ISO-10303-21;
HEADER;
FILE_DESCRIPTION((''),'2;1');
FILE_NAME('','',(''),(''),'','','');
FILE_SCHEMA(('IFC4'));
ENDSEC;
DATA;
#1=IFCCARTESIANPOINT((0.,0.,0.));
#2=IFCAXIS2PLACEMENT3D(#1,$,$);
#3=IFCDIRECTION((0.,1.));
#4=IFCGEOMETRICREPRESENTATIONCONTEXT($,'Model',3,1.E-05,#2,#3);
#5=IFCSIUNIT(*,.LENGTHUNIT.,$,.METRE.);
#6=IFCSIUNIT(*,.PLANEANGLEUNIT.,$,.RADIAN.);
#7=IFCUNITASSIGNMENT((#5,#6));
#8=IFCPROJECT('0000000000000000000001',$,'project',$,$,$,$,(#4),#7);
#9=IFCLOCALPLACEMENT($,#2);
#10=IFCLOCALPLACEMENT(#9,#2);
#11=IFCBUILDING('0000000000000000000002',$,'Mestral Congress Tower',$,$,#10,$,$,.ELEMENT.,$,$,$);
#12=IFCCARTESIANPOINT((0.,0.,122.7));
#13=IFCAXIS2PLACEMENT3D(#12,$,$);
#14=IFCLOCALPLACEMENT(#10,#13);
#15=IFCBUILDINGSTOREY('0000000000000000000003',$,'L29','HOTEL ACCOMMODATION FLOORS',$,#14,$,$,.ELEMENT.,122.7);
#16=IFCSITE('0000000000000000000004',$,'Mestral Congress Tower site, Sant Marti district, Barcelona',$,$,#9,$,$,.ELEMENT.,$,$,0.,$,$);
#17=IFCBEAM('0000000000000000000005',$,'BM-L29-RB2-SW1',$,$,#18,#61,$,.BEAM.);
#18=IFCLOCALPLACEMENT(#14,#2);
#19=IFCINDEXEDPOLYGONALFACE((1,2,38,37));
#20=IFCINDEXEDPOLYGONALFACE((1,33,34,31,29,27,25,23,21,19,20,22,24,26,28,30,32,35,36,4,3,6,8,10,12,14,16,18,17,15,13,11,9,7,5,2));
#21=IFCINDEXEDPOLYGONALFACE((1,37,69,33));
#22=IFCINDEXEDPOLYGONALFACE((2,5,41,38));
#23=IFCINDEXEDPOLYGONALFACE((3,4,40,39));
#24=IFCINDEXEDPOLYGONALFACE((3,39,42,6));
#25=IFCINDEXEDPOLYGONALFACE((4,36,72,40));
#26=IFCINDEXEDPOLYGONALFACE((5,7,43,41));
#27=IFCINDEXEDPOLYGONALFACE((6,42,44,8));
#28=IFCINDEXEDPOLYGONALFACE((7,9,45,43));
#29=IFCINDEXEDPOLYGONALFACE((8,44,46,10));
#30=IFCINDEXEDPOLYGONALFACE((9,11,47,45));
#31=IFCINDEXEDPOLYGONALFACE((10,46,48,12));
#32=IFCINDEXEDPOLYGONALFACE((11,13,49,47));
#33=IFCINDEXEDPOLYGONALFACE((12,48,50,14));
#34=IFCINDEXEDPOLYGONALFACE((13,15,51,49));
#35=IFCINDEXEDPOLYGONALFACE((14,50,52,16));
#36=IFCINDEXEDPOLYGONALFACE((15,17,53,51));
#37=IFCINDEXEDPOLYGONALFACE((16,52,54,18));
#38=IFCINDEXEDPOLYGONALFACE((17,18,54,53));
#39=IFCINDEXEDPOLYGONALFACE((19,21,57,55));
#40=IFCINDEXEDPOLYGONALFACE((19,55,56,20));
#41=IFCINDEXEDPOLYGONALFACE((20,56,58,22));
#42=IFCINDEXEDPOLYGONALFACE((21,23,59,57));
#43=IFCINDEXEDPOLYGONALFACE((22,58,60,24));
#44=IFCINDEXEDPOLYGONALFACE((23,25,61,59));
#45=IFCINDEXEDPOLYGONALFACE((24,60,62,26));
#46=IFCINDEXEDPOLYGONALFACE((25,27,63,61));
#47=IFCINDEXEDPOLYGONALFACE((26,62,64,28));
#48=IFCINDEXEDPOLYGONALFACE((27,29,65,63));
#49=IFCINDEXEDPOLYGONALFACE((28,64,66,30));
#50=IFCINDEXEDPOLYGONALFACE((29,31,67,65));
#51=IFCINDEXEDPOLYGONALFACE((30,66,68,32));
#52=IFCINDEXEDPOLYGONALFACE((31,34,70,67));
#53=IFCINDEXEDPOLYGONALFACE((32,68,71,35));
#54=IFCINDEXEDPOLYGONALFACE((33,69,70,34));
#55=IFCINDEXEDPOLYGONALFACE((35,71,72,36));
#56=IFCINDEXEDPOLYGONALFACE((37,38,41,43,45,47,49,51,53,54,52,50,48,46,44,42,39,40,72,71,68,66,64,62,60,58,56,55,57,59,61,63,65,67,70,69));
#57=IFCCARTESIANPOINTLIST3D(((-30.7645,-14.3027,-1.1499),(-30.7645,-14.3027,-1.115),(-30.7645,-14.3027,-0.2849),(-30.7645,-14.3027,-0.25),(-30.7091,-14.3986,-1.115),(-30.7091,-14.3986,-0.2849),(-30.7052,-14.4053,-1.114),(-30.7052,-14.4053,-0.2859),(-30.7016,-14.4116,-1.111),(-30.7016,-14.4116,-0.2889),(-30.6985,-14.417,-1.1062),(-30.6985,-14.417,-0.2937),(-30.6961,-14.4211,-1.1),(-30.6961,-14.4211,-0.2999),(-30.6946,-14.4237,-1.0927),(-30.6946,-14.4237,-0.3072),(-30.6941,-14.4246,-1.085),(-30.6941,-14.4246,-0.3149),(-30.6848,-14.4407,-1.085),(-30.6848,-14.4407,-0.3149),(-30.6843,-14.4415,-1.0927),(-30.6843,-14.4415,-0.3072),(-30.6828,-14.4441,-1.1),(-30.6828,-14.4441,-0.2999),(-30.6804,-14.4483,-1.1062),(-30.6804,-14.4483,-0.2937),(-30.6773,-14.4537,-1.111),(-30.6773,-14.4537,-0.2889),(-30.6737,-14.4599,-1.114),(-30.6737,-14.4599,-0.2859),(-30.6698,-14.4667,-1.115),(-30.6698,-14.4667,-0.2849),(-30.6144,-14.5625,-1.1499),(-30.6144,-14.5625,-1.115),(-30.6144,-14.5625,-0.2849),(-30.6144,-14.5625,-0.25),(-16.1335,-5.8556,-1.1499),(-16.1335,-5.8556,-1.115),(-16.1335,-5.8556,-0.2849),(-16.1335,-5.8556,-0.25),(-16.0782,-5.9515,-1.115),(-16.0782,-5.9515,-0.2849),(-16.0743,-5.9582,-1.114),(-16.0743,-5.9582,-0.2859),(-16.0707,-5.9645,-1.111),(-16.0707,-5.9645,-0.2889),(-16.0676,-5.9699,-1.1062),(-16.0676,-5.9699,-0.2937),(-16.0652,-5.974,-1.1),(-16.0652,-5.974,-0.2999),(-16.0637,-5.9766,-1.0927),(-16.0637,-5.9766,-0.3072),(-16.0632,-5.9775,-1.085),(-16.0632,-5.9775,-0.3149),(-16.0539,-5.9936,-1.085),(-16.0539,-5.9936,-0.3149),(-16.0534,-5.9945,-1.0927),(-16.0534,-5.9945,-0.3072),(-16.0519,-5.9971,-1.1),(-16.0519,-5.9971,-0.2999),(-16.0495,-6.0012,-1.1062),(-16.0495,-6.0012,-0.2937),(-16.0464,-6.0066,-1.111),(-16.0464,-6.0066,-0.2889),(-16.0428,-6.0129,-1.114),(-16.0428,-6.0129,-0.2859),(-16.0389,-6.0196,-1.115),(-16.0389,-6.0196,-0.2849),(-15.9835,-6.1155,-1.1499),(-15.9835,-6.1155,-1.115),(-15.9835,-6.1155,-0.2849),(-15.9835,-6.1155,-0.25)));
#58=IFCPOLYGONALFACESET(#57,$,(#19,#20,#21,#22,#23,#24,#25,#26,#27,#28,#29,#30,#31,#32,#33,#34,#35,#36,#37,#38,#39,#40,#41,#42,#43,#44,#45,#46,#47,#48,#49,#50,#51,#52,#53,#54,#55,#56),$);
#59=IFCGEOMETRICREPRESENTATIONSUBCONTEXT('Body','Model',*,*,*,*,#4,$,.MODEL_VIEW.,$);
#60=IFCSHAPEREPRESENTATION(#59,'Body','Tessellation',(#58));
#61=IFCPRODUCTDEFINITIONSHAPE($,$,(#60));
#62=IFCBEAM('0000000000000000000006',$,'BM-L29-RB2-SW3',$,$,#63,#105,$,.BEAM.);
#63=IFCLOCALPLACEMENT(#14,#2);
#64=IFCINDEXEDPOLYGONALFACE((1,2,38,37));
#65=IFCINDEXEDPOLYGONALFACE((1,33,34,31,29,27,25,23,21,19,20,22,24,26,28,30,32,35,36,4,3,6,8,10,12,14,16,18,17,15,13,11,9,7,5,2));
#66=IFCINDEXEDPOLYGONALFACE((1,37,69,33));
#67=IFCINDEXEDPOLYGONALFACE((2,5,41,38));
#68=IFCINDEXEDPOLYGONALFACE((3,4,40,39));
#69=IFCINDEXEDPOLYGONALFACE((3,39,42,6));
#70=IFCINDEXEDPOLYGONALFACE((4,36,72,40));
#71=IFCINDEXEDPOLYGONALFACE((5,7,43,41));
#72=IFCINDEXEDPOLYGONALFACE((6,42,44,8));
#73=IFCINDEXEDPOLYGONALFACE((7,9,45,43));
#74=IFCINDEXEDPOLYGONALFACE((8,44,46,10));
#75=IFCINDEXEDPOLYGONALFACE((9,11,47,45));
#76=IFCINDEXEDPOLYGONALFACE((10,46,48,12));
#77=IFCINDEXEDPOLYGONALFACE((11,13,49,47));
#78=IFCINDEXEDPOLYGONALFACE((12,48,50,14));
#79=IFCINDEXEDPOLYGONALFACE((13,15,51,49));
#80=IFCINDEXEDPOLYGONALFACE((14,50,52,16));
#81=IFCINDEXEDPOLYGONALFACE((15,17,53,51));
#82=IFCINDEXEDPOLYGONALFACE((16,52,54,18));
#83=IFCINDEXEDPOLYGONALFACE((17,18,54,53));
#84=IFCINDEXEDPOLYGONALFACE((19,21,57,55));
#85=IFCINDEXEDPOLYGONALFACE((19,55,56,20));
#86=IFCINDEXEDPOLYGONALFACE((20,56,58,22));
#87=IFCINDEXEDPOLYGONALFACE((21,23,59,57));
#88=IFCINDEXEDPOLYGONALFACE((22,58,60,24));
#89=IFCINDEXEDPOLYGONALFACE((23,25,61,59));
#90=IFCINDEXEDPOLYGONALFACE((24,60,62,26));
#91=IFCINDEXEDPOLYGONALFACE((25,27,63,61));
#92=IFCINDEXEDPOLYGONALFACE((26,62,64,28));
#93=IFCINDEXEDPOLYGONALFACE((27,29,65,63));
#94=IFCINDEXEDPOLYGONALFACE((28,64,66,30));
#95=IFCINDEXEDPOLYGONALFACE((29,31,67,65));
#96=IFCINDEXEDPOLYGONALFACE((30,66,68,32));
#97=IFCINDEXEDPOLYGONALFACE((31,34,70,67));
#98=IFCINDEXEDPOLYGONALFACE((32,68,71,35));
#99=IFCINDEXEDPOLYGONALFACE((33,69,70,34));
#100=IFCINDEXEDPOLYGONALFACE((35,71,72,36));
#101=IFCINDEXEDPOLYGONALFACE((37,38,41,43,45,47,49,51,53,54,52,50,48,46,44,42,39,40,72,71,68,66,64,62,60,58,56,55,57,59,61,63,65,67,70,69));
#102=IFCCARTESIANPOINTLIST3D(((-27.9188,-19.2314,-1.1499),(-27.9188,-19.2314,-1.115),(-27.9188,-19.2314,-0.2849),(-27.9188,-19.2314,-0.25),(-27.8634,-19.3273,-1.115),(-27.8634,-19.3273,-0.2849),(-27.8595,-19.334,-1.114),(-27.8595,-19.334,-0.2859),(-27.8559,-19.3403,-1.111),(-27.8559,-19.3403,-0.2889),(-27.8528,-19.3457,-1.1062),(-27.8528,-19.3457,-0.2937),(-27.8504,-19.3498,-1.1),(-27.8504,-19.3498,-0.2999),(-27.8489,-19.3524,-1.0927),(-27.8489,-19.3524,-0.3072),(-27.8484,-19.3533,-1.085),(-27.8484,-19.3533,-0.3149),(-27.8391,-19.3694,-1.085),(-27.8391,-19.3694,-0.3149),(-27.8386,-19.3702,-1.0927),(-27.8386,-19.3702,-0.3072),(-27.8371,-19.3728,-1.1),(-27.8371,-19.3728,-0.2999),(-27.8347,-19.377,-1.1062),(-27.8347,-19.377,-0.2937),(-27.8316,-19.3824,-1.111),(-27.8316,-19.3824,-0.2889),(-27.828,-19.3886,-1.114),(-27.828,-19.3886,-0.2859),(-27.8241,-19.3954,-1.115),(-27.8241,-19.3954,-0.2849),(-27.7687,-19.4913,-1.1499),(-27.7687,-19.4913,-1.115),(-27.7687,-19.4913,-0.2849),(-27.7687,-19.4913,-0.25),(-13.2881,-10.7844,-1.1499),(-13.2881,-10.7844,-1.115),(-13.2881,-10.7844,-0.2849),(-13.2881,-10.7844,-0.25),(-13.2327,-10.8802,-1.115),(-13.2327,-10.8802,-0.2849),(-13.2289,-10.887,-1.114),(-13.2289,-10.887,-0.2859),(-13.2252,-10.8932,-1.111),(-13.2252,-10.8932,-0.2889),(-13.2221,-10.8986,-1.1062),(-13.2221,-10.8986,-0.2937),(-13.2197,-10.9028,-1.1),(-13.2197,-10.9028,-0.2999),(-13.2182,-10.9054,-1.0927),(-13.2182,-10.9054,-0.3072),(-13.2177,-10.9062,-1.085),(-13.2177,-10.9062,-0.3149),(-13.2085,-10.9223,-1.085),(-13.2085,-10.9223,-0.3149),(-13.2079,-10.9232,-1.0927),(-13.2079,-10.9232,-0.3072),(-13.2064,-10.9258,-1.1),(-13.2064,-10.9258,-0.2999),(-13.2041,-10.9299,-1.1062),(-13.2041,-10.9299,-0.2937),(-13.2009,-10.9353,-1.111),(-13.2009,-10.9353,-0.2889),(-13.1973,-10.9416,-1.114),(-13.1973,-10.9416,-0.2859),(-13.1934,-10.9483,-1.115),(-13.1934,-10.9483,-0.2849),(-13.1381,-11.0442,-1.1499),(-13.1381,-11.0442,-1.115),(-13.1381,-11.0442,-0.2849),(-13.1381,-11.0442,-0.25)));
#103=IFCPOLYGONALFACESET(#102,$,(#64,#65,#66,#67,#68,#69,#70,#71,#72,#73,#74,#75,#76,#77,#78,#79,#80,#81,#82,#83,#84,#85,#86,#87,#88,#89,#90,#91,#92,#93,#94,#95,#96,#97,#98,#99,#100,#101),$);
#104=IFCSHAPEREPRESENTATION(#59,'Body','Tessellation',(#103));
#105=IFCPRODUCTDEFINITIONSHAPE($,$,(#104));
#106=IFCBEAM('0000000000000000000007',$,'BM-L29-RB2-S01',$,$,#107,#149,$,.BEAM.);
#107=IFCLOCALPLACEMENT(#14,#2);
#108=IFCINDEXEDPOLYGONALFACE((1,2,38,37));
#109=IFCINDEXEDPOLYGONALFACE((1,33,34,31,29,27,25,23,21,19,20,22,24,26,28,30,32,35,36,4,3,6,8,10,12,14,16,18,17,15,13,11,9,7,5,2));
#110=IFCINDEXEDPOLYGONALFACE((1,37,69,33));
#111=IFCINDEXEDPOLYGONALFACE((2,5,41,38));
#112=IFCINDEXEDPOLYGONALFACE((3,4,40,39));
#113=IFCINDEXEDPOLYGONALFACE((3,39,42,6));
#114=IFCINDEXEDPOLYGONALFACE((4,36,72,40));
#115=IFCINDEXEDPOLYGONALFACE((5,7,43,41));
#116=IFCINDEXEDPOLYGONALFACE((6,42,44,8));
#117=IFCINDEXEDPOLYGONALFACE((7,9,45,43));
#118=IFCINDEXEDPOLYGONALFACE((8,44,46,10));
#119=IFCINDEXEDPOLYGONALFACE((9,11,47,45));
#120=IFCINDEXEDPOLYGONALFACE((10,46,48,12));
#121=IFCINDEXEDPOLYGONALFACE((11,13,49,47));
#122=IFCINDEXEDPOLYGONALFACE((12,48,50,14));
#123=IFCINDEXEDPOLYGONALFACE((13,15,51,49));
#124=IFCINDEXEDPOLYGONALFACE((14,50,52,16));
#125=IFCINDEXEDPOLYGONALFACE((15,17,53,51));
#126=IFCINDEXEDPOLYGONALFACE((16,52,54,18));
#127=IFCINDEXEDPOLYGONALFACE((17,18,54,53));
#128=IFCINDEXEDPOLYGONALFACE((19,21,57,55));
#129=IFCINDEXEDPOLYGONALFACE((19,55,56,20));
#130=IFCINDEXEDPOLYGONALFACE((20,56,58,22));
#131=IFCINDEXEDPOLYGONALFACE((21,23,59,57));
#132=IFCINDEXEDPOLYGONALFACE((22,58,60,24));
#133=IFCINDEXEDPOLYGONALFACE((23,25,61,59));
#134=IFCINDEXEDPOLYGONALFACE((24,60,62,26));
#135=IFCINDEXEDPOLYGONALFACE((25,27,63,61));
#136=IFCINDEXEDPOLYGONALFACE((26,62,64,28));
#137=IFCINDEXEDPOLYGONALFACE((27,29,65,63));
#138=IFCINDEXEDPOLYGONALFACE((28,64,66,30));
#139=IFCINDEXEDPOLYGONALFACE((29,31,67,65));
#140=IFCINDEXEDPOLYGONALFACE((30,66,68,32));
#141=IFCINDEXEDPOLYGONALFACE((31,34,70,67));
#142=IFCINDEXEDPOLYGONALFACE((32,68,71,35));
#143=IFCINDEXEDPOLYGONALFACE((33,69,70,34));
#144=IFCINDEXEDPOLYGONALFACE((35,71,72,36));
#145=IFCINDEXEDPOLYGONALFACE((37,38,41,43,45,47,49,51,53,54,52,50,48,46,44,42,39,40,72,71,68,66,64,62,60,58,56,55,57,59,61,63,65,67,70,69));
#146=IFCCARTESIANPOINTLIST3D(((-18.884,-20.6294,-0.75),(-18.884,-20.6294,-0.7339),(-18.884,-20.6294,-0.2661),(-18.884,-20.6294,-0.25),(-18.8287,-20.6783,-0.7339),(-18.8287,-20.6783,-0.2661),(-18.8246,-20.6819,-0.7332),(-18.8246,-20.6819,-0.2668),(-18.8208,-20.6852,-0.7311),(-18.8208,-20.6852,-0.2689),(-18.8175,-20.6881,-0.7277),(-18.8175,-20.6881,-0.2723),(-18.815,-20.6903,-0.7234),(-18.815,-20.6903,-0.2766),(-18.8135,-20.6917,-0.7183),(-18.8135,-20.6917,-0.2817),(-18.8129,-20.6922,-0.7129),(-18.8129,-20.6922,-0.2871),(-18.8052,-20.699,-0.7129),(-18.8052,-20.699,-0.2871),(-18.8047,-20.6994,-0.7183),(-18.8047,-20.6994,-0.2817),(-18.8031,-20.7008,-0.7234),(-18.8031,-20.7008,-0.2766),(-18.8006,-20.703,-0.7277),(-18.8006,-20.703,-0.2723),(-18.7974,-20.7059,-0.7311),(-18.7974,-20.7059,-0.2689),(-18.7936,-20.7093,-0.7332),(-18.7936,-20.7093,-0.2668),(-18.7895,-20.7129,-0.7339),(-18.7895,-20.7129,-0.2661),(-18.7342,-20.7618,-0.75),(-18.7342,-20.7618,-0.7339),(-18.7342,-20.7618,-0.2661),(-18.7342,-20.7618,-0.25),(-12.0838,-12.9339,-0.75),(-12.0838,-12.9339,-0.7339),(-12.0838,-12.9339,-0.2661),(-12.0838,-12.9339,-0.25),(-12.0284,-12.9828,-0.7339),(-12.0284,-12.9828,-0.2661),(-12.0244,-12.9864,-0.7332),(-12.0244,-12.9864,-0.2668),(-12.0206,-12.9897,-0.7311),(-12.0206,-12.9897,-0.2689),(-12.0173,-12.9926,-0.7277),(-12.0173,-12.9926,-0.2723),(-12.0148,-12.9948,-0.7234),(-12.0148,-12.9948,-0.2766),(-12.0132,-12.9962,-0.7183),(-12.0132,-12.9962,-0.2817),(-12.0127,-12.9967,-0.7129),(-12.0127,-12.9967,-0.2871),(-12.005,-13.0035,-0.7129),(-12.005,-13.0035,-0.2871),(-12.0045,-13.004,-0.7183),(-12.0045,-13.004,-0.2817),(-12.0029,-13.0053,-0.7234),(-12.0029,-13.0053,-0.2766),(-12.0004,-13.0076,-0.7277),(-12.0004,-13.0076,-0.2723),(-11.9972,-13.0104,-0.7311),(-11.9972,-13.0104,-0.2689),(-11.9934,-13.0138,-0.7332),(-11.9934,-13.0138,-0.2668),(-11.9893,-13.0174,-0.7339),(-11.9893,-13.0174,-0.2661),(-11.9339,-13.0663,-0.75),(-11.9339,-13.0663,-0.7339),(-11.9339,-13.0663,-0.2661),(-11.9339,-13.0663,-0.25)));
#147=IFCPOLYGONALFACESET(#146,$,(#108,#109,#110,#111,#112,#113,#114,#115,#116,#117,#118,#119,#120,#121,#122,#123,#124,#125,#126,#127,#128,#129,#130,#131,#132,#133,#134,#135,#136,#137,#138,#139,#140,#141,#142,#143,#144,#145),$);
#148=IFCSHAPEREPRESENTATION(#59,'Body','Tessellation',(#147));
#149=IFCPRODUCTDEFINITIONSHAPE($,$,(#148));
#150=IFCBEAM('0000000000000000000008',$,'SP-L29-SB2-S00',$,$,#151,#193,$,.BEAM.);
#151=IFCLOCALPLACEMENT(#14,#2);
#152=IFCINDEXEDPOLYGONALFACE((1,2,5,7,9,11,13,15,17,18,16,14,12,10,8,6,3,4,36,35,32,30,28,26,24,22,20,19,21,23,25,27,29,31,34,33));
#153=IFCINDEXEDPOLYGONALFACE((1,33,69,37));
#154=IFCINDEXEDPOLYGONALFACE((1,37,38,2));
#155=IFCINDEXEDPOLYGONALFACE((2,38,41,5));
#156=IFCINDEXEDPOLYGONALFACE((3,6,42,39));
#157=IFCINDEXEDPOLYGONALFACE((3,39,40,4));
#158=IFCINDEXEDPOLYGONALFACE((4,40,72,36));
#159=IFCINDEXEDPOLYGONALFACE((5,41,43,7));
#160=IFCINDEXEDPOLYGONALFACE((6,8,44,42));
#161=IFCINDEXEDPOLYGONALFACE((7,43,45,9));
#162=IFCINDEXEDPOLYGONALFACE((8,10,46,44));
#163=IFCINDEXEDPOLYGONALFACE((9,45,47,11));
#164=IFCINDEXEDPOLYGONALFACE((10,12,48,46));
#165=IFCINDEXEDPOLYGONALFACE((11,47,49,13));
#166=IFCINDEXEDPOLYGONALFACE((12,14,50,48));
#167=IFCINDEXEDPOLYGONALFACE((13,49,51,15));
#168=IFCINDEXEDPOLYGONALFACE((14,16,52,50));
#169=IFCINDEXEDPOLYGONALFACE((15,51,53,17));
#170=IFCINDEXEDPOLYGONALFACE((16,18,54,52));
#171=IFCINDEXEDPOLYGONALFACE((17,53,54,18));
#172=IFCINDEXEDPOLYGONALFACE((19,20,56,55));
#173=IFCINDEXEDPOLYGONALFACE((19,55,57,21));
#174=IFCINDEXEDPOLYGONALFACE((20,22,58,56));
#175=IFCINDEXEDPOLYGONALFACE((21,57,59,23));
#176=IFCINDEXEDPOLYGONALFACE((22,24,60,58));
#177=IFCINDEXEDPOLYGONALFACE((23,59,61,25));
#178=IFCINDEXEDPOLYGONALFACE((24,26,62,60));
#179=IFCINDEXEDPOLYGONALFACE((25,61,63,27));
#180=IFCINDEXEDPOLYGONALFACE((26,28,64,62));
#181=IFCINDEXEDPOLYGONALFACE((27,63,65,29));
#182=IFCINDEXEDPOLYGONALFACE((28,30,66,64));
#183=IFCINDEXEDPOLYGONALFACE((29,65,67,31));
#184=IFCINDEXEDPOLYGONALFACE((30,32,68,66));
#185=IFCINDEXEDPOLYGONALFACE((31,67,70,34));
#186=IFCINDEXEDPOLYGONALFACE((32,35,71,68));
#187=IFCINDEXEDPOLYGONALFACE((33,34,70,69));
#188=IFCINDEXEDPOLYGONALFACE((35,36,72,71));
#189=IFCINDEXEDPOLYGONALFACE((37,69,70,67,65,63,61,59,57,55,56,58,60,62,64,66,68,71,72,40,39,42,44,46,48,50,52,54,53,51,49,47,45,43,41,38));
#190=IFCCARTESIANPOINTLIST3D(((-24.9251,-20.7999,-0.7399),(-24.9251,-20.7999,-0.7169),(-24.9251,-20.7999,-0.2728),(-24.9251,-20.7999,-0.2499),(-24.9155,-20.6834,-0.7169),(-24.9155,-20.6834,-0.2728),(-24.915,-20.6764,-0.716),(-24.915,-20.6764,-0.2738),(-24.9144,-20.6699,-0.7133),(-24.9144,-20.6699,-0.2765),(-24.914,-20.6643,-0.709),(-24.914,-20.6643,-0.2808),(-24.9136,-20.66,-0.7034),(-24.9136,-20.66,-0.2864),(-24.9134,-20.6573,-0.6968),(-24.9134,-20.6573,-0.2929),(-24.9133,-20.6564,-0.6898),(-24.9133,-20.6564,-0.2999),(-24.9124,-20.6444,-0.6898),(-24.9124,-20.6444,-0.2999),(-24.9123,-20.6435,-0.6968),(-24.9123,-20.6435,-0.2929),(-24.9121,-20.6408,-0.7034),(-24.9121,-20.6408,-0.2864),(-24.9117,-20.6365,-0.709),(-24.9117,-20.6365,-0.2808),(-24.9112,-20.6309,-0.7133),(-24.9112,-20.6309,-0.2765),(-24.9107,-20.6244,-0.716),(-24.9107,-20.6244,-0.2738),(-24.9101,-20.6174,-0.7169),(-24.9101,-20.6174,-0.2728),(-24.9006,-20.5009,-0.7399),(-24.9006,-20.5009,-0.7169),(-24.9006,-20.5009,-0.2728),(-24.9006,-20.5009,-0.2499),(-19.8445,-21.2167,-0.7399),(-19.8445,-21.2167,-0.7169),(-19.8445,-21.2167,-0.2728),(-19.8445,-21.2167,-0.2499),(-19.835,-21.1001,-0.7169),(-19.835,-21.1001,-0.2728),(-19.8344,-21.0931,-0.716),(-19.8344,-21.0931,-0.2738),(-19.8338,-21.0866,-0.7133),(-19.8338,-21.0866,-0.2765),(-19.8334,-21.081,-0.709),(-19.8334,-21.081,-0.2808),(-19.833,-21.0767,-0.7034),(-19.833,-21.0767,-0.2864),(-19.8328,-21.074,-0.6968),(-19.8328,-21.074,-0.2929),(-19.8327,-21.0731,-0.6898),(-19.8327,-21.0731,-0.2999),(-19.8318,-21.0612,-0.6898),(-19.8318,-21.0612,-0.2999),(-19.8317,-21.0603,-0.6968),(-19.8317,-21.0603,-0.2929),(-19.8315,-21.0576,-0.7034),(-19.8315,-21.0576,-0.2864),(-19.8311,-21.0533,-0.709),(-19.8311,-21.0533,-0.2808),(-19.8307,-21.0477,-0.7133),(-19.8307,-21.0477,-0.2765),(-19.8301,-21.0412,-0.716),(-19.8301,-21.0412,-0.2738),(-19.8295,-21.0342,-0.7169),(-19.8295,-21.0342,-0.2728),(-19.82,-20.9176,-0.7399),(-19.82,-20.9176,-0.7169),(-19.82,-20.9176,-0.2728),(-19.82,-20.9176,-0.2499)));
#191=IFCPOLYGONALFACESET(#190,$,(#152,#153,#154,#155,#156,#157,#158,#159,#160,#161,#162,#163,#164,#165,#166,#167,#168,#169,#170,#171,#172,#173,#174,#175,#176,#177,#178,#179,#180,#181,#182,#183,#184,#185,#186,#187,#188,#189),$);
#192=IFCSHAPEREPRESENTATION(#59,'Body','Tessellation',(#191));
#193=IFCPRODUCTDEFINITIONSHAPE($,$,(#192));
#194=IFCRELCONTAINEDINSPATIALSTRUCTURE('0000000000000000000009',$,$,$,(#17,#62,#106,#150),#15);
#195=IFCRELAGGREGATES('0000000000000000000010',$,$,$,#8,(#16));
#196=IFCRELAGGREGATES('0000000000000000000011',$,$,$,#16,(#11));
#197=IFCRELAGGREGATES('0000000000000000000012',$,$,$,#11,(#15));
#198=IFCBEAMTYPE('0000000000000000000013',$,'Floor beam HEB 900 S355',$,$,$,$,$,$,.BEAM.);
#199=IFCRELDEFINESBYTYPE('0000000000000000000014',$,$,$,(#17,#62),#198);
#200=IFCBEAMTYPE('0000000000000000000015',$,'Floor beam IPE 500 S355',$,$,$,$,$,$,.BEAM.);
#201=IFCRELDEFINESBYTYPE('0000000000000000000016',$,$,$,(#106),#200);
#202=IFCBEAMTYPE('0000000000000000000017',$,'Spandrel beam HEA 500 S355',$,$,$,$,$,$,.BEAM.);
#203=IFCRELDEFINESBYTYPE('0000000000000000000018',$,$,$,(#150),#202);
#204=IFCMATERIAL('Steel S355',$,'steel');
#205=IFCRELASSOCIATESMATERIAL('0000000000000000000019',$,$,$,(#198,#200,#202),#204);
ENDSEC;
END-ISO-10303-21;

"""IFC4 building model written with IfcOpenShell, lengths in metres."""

from ifc_helpers import new_model, si_unit, direction, frame, origin, origin_2d, place, context, subcontext, project, spatial, i_section, extrude, material, material_profile, profile_set, type_object, element, save


model = new_model("IFC4")

# Units and contexts
model_context = context("Model", 3, precision=1e-05, world=origin(), true_north=direction((0.0, 1.0)))
body_context = subcontext(model_context, "Body", "Model", "MODEL_VIEW")
ifc_project = project(units=[si_unit("LENGTHUNIT", "METRE"), si_unit("PLANEANGLEUNIT", "RADIAN")], contexts=[model_context])

# Site, building, storey
site_placement = place(None, origin())
site = spatial("IfcSite", under=ifc_project, at=site_placement, Name="Mestral Congress Tower site, Sant Marti district, Barcelona", CompositionType="ELEMENT", RefElevation=0.0)
building_placement = place(site_placement, origin())
building = spatial("IfcBuilding", under=site, at=building_placement, Name="Mestral Congress Tower", CompositionType="ELEMENT")
storey_placement = place(building_placement, frame((0.0, 0.0, 122.7)))
storey = spatial("IfcBuildingStorey", under=building, at=storey_placement, Name="L29", Description="HOTEL ACCOMMODATION FLOORS", CompositionType="ELEMENT", Elevation=122.7)

# Beams
ifc_material_1 = material(Name="Steel S355", Category="steel")
ifc_material_profile_1 = material_profile(ifc_material_1, i_section(OverallWidth=0.3, OverallDepth=0.8999, WebThickness=0.0186, FlangeThickness=0.0349, FilletRadius=0.03, at=origin_2d()), Name="HEB 900")
ifc_profile_set_1 = profile_set([ifc_material_profile_1], Name="Steel S355")
beam_type_1 = type_object("IfcBeamType", Name="Floor beam HEB 900 S355", PredefinedType="BEAM", material=ifc_profile_set_1)
beam_1_placement = place(storey_placement, frame((-30.6895, -14.4326, -0.7), z_axis=(0.866028, 0.499995, 0.0), x_axis=(-0.499995, 0.866028, 0.0)))
element("IfcBeam", 1, at=beam_1_placement, inside=storey, type_object=beam_type_1, Name="BM-L29-RB2-SW1", PredefinedType="BEAM", context=body_context, shape_type="SweptSolid", body=[
    extrude(i_section(OverallWidth=0.3, OverallDepth=0.8999, WebThickness=0.0186, FlangeThickness=0.0349, FilletRadius=0.03, at=origin_2d()), origin(), (0.0, 0.0, 1.0), 16.8943),
])
beam_2_placement = place(storey_placement, frame((-27.8438, -19.3613, -0.7), z_axis=(0.866025, 0.500001, 0.0), x_axis=(-0.500001, 0.866025, 0.0)))
element("IfcBeam", 2, at=beam_2_placement, inside=storey, type_object=beam_type_1, Name="BM-L29-RB2-SW3", PredefinedType="BEAM", context=body_context, shape_type="SweptSolid", body=[
    extrude(i_section(OverallWidth=0.3, OverallDepth=0.8999, WebThickness=0.0186, FlangeThickness=0.0349, FilletRadius=0.03, at=origin_2d()), origin(), (0.0, 0.0, 1.0), 16.894),
])
ifc_material_profile_2 = material_profile(ifc_material_1, i_section(OverallWidth=0.2, OverallDepth=0.5, WebThickness=0.0103, FlangeThickness=0.0161, FilletRadius=0.021, at=origin_2d()), Name="IPE 500")
ifc_profile_set_2 = profile_set([ifc_material_profile_2], Name="Steel S355")
beam_type_2 = type_object("IfcBeamType", Name="Floor beam IPE 500 S355", PredefinedType="BEAM", material=ifc_profile_set_2)
beam_3_placement = place(storey_placement, frame((-18.8091, -20.6956, -0.5), z_axis=(0.662174, 0.74935, 0.0), x_axis=(-0.74935, 0.662174, 0.0)))
element("IfcBeam", 3, at=beam_3_placement, inside=storey, type_object=beam_type_2, Name="BM-L29-RB2-S01", PredefinedType="BEAM", context=body_context, shape_type="SweptSolid", body=[
    extrude(i_section(OverallWidth=0.2, OverallDepth=0.5, WebThickness=0.0103, FlangeThickness=0.0161, FilletRadius=0.021, at=origin_2d()), origin(), (0.0, 0.0, 1.0), 10.2695),
])
ifc_material_profile_3 = material_profile(ifc_material_1, i_section(OverallWidth=0.3, OverallDepth=0.49, WebThickness=0.012, FlangeThickness=0.0229, FilletRadius=0.0271, at=origin_2d()), Name="HEA 500")
ifc_profile_set_3 = profile_set([ifc_material_profile_3], Name="Steel S355")
beam_type_3 = type_object("IfcBeamType", Name="Spandrel beam HEA 500 S355", PredefinedType="BEAM", material=ifc_profile_set_3)
beam_4_placement = place(storey_placement, frame((-24.9128, -20.6504, -0.4949), z_axis=(0.996653, -0.081753, 0.0), x_axis=(0.081753, 0.996653, 0.0)))
element("IfcBeam", 4, at=beam_4_placement, inside=storey, type_object=beam_type_3, Name="SP-L29-SB2-S00", PredefinedType="BEAM", context=body_context, shape_type="SweptSolid", body=[
    extrude(i_section(OverallWidth=0.3, OverallDepth=0.49, WebThickness=0.012, FlangeThickness=0.0229, FilletRadius=0.0271, at=origin_2d()), origin(), (0.0, 0.0, 1.0), 5.0977),
])

save(model, "model.ifc")
